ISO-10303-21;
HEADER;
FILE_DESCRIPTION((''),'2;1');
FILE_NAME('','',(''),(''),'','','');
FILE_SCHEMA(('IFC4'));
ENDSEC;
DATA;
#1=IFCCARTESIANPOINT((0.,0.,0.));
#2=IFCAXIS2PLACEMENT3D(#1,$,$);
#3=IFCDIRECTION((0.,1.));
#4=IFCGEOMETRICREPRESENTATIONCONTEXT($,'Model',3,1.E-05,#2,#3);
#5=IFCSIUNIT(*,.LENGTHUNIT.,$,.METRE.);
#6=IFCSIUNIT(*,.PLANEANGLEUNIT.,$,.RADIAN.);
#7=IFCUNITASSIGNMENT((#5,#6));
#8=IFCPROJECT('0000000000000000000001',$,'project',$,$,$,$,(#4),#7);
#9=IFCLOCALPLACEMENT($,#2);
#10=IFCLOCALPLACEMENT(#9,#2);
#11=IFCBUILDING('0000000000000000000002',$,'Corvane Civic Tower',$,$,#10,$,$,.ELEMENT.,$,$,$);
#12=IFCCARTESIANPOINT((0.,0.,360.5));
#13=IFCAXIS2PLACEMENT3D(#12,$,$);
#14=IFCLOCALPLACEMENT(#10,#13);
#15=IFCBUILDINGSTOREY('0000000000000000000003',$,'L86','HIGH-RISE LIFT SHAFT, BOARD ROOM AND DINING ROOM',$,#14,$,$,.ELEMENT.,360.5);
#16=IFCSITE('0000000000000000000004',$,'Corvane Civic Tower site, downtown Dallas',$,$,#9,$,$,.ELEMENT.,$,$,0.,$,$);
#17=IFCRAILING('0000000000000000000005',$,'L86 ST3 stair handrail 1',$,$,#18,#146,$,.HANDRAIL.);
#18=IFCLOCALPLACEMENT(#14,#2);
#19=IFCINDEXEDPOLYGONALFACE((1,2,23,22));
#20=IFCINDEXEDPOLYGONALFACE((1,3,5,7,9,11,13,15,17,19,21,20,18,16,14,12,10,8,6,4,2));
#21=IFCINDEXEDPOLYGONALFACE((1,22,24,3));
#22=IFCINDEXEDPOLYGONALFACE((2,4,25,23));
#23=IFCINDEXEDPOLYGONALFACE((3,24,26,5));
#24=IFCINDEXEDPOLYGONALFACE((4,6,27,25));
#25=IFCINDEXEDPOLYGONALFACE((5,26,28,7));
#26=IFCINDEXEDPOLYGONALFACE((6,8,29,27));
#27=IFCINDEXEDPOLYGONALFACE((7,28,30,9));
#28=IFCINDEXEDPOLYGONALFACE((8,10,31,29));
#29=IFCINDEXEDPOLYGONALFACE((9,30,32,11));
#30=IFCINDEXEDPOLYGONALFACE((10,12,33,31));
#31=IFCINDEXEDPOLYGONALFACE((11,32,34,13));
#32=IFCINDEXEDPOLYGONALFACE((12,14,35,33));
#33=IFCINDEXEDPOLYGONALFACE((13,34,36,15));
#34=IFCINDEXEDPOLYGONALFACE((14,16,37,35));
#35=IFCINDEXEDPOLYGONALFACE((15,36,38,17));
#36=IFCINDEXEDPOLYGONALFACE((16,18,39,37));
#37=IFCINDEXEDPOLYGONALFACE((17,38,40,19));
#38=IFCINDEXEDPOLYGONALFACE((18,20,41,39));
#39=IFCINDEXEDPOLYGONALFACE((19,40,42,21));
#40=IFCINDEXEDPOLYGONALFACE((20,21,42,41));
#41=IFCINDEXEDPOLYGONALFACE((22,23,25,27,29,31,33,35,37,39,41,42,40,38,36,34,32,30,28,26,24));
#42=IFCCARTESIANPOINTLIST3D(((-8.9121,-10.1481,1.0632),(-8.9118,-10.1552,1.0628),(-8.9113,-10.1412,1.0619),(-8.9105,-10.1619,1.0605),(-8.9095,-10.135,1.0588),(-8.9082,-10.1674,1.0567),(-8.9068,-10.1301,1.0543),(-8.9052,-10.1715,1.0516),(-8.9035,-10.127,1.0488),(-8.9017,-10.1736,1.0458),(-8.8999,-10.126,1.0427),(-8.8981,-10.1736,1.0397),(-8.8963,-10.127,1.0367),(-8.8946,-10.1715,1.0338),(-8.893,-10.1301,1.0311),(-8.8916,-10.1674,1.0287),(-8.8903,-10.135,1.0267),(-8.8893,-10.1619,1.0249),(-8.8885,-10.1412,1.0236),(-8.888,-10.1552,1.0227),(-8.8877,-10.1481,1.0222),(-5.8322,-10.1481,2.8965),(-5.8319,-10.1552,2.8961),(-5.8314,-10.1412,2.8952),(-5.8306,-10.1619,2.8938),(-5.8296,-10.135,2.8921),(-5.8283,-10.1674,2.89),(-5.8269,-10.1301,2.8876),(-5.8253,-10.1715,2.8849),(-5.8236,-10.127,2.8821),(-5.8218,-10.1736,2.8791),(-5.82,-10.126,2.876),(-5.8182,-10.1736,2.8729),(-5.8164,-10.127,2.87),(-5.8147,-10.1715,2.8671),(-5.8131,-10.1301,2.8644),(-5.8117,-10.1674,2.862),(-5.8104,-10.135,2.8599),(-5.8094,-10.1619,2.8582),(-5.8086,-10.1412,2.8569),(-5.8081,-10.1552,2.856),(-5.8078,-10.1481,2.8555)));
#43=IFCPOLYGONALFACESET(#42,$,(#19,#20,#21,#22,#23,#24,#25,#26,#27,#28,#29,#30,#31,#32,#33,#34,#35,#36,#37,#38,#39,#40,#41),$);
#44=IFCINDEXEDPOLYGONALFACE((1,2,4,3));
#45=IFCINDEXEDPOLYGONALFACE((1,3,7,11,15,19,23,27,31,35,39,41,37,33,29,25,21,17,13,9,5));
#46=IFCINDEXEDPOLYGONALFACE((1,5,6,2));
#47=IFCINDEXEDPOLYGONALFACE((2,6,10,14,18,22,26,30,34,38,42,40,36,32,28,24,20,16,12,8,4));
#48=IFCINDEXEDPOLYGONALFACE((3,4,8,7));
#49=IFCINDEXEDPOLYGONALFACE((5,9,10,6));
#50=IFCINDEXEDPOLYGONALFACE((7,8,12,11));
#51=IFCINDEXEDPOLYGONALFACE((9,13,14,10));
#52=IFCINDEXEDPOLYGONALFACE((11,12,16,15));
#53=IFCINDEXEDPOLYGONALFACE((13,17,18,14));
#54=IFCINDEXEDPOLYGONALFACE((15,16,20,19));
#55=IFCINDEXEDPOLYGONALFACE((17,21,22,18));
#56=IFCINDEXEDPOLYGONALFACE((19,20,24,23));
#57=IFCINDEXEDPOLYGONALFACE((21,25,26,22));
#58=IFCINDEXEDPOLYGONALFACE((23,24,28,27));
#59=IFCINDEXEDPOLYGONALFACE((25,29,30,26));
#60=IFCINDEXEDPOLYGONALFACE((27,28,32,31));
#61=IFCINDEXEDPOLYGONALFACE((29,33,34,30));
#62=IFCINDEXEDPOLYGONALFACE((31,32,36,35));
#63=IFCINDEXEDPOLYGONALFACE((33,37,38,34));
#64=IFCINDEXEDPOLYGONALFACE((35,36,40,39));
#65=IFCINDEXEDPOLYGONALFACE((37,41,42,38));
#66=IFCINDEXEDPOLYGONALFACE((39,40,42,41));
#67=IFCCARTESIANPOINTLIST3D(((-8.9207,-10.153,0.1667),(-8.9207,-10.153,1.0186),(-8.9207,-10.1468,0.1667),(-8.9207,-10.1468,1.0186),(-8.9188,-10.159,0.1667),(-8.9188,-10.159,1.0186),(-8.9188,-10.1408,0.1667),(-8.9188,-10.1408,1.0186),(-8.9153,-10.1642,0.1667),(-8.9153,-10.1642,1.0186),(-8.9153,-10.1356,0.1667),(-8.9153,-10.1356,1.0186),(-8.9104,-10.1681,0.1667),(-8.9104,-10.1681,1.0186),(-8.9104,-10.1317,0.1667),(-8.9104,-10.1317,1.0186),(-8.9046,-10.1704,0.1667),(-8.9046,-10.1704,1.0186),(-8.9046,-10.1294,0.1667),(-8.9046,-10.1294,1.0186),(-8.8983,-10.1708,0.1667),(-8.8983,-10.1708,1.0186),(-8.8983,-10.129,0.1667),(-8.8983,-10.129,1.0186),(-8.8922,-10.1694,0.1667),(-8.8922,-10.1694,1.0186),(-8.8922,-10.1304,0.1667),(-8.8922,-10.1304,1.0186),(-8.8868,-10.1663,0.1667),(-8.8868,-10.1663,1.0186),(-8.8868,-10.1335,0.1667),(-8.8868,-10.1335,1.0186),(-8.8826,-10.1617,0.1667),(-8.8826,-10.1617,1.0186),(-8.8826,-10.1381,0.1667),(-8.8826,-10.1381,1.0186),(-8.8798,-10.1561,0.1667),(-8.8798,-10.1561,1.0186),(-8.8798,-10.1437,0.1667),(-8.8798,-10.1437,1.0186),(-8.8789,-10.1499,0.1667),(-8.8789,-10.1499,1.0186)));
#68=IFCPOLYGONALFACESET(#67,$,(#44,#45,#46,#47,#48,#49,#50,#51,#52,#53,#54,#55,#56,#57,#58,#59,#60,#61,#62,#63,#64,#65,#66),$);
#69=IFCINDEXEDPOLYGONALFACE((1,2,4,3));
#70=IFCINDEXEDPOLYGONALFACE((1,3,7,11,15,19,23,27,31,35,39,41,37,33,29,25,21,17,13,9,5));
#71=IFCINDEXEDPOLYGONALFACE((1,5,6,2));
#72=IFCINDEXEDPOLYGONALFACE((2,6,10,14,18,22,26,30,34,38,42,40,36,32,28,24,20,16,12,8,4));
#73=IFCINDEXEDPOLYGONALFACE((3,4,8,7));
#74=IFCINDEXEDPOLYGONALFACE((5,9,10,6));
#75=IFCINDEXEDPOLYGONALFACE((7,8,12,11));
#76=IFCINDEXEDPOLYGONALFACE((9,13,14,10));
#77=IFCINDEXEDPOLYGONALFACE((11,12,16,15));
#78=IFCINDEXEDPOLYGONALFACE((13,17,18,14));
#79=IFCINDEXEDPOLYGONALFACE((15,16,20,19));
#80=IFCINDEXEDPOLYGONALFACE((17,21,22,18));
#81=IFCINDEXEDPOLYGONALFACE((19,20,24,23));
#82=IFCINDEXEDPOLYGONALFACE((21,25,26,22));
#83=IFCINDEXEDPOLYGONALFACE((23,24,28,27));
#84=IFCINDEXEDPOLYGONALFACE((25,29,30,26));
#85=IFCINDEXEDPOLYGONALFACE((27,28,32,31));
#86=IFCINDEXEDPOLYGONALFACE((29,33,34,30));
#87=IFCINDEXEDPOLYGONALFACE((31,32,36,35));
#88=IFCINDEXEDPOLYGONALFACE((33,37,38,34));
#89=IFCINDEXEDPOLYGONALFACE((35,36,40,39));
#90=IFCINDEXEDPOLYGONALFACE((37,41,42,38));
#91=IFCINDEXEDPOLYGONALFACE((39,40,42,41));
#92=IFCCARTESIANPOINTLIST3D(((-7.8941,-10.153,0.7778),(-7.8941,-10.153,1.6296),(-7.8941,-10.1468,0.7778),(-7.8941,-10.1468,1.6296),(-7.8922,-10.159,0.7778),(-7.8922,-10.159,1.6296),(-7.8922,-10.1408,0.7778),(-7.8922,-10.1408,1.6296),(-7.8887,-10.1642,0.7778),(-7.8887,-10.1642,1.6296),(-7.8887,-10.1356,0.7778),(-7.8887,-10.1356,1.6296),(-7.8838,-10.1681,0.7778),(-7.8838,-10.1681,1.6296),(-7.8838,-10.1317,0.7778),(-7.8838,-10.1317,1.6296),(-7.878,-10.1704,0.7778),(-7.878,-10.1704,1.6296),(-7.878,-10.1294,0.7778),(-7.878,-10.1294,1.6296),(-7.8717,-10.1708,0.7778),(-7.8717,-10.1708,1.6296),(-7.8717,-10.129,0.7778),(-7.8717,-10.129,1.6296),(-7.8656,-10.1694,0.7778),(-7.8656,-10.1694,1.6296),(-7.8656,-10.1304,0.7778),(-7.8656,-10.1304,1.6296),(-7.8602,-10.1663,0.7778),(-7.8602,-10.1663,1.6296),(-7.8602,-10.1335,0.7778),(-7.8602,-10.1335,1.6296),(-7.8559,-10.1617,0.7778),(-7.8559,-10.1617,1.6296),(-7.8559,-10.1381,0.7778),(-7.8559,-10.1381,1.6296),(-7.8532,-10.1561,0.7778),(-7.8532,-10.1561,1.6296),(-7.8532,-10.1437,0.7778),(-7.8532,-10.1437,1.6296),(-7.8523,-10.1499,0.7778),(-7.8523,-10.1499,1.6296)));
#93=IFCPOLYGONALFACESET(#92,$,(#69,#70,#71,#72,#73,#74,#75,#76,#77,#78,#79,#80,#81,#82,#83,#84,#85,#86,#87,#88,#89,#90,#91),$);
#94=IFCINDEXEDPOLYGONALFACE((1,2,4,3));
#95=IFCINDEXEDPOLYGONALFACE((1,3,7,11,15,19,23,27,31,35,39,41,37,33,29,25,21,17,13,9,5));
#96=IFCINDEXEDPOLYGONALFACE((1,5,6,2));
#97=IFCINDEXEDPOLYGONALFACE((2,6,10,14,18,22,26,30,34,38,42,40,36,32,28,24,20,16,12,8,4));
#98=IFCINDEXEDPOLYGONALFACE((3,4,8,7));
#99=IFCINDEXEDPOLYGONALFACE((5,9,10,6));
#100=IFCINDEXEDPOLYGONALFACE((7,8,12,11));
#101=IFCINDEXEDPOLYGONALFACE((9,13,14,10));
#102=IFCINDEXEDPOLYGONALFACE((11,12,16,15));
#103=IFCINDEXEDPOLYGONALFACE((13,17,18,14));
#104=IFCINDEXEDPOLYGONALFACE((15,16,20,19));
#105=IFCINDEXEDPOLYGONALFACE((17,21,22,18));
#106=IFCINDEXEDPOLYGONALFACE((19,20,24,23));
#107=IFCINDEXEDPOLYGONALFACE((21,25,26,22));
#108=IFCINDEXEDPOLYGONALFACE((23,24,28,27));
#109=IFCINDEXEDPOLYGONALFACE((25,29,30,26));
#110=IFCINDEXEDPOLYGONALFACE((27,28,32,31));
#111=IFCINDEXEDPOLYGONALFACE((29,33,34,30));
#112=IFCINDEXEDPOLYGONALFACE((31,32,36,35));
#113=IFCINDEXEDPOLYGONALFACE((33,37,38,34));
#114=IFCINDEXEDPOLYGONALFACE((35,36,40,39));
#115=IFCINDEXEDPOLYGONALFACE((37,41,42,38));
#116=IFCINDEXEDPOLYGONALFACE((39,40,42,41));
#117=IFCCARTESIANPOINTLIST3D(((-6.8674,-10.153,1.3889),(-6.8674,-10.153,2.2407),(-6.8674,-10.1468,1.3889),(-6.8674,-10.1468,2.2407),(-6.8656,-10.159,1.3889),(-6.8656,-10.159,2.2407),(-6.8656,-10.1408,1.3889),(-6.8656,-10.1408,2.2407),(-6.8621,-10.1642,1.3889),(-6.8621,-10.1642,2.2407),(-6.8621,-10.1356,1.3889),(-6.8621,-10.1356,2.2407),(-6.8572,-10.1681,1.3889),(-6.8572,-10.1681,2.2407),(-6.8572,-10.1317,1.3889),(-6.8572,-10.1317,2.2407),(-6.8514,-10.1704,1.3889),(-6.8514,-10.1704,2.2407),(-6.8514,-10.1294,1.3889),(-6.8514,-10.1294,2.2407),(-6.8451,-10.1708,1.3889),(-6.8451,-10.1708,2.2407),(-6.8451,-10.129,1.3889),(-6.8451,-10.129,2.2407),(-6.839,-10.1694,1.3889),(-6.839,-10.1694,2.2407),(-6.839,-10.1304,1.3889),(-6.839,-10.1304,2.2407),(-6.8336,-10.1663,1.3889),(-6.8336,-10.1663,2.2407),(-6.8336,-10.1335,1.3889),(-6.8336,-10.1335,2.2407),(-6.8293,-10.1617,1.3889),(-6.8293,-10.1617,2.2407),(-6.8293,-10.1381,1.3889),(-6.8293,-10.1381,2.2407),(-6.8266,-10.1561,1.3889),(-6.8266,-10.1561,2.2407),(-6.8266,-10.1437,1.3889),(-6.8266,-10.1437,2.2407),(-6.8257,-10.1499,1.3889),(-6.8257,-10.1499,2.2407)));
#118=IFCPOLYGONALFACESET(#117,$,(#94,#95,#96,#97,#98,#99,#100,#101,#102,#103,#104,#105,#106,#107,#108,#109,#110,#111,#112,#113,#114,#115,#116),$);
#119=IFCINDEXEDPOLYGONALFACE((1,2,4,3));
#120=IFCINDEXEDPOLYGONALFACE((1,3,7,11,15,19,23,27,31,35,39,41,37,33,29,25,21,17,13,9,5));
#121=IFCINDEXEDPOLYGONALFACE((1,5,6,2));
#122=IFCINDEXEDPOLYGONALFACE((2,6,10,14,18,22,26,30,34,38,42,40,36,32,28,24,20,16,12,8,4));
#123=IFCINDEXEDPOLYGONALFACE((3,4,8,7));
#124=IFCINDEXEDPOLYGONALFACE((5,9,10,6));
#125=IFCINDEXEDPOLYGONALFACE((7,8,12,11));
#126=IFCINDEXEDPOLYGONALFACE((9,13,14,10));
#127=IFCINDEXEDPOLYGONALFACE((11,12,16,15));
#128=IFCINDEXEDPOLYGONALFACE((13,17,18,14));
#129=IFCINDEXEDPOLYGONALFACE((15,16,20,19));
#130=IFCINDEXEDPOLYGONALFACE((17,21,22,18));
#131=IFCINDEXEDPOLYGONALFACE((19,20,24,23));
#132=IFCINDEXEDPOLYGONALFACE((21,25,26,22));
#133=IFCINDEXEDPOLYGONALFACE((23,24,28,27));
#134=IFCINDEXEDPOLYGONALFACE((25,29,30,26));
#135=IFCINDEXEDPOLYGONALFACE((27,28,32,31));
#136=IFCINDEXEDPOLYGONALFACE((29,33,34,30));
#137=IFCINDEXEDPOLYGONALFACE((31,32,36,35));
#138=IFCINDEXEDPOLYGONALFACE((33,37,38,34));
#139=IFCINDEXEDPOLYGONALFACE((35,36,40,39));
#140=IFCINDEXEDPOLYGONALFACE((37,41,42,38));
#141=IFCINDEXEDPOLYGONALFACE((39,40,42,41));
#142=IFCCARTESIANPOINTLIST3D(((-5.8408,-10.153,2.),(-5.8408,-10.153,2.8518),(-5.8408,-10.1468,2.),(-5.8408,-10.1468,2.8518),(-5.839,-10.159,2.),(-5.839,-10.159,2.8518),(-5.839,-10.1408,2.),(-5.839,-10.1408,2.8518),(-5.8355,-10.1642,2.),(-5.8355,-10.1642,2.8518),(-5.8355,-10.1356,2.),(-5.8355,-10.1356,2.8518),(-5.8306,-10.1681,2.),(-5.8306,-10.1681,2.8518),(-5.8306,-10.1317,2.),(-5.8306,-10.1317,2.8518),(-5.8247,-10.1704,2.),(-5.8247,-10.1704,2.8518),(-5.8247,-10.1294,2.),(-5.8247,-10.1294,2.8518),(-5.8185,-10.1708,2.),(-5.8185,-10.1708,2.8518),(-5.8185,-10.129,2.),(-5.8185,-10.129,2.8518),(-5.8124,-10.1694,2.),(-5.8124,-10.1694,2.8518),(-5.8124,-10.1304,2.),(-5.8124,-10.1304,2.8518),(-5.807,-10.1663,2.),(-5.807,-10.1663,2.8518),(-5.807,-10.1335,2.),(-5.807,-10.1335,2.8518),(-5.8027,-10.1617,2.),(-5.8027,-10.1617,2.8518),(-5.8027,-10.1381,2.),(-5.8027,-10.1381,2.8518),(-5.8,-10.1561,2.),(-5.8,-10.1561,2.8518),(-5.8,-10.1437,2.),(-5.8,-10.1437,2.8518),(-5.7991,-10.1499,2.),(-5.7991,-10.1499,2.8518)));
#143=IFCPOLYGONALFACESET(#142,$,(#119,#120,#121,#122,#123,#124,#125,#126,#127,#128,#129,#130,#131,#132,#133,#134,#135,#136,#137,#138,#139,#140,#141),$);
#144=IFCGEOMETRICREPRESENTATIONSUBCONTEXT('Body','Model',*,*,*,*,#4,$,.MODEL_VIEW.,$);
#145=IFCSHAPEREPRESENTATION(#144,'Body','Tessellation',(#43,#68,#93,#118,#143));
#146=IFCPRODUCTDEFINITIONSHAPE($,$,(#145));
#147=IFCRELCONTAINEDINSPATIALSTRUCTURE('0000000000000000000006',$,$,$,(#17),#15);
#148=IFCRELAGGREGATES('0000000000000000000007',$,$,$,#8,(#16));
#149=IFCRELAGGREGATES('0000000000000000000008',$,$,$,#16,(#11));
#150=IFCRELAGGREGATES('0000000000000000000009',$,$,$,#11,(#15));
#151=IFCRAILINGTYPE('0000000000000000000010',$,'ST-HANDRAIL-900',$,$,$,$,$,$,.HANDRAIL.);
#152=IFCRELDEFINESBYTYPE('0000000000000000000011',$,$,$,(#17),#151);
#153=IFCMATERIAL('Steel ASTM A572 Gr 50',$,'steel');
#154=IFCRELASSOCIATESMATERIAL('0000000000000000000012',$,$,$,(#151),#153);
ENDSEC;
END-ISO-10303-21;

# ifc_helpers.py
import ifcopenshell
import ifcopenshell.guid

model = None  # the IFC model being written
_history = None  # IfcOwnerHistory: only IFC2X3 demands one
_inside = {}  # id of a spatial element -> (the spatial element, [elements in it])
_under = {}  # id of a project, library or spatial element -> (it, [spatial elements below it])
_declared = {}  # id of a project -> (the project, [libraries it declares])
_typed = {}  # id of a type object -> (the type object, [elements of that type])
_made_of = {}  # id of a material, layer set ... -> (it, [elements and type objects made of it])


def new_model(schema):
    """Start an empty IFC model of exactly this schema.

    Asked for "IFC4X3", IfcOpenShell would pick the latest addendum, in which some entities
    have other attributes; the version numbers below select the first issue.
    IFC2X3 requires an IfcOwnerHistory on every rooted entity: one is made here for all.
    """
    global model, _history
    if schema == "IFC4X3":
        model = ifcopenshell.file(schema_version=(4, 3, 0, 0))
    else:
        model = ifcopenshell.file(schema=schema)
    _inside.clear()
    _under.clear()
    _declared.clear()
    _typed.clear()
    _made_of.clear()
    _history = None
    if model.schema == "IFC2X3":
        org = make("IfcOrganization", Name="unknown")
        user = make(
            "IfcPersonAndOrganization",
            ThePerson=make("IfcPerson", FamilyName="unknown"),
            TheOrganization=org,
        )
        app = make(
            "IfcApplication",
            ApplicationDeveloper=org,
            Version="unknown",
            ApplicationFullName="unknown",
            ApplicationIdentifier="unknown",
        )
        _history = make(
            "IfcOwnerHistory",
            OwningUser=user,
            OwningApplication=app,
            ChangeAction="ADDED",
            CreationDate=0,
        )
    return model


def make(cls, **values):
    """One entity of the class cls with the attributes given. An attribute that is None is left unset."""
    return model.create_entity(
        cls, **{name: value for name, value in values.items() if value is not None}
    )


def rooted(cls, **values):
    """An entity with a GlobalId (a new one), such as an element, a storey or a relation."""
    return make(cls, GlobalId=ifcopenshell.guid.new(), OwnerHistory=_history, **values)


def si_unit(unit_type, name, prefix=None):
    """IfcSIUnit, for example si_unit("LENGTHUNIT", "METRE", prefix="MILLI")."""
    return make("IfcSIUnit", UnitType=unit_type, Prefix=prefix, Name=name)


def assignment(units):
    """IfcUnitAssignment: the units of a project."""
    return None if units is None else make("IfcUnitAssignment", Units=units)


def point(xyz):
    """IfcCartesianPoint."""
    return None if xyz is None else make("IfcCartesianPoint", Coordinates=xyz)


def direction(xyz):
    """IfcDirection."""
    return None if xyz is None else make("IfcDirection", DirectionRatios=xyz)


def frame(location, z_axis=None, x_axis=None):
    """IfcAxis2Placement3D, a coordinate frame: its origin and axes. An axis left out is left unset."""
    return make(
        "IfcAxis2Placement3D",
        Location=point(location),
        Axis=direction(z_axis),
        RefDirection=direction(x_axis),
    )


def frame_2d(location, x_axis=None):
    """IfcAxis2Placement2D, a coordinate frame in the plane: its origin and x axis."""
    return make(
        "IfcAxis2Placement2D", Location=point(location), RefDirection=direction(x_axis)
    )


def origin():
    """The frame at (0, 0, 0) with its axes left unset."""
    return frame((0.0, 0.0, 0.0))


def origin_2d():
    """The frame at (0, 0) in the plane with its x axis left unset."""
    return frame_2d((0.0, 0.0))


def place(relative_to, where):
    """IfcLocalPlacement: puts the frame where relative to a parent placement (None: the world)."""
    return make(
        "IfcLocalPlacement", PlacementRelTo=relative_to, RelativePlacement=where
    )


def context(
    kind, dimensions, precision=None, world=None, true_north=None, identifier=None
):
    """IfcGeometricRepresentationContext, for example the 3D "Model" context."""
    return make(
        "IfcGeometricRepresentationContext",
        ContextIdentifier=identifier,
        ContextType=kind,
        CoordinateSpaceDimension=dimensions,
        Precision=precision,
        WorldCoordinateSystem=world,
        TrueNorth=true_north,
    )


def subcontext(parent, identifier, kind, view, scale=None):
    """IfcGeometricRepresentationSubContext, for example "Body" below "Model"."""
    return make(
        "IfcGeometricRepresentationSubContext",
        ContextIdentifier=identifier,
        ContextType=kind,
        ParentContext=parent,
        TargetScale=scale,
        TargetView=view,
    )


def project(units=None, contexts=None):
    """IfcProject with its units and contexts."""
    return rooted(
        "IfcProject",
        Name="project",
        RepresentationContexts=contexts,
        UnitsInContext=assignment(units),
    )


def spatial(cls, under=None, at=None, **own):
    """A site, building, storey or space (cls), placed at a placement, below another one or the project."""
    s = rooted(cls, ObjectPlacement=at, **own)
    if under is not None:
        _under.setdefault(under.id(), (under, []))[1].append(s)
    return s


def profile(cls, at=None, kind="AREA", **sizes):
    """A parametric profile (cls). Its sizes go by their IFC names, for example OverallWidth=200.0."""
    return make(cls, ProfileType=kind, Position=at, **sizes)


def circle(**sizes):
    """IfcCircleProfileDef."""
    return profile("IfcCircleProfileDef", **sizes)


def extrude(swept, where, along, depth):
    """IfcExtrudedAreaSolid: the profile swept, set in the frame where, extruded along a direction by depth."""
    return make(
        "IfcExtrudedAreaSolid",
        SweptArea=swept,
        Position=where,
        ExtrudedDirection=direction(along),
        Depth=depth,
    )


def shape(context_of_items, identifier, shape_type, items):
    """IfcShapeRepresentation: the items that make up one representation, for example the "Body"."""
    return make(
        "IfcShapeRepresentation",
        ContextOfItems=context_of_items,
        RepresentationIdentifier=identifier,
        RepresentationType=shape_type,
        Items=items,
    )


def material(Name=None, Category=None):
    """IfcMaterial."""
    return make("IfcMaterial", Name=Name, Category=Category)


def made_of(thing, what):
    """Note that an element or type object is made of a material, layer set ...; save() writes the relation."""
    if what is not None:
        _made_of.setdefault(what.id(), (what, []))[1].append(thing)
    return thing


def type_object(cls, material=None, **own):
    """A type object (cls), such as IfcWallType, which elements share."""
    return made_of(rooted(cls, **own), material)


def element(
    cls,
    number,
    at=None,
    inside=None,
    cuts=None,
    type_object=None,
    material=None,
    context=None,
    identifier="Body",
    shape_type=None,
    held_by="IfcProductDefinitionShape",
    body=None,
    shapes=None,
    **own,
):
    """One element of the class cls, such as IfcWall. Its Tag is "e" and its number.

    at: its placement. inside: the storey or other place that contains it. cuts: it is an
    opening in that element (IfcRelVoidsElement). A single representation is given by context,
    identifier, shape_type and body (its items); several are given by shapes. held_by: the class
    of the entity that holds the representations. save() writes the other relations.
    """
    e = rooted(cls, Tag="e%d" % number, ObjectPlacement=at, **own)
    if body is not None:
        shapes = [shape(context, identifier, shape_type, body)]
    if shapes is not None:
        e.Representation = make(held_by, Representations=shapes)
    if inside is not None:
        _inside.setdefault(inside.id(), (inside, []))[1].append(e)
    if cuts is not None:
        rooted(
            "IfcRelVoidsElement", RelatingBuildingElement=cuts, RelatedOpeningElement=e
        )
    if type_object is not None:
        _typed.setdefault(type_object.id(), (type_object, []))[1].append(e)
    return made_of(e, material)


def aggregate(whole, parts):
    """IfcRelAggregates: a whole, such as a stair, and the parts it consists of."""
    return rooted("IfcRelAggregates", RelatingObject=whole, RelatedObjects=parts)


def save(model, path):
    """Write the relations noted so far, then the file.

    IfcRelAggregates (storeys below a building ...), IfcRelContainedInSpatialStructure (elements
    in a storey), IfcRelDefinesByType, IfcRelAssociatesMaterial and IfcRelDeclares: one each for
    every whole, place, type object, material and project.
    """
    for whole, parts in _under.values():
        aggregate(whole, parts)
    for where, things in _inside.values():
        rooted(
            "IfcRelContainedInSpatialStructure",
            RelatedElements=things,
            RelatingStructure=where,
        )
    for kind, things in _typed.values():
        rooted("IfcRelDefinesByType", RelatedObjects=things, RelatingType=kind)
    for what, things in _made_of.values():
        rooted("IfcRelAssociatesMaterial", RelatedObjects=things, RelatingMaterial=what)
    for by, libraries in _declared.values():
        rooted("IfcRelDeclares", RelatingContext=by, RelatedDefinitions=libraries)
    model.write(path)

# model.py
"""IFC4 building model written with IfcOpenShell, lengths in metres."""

from ifc_helpers import new_model, si_unit, direction, frame, origin, origin_2d, place, context, subcontext, project, spatial, circle, extrude, material, type_object, element, save


model = new_model("IFC4")

# Units and contexts
model_context = context("Model", 3, precision=1e-05, world=origin(), true_north=direction((0.0, 1.0)))
body_context = subcontext(model_context, "Body", "Model", "MODEL_VIEW")
ifc_project = project(units=[si_unit("LENGTHUNIT", "METRE"), si_unit("PLANEANGLEUNIT", "RADIAN")], contexts=[model_context])

# Site, building, storey
site_placement = place(None, origin())
site = spatial("IfcSite", under=ifc_project, at=site_placement, Name="Corvane Civic Tower site, downtown Dallas", CompositionType="ELEMENT", RefElevation=0.0)
building_placement = place(site_placement, origin())
building = spatial("IfcBuilding", under=site, at=building_placement, Name="Corvane Civic Tower", CompositionType="ELEMENT")
storey_placement = place(building_placement, frame((0.0, 0.0, 360.5)))
storey = spatial("IfcBuildingStorey", under=building, at=storey_placement, Name="L86", Description="HIGH-RISE LIFT SHAFT, BOARD ROOM AND DINING ROOM", CompositionType="ELEMENT", Elevation=360.5)

# Railing
ifc_material_1 = material(Name="Steel ASTM A572 Gr 50", Category="steel")
railing_type_1 = type_object("IfcRailingType", Name="ST-HANDRAIL-900", PredefinedType="HANDRAIL", material=ifc_material_1)
railing_1_placement = place(storey_placement, frame((-8.8999, -10.1499, 0.1667)))
element("IfcRailing", 1, at=railing_1_placement, inside=storey, type_object=railing_type_1, Name="L86 ST3 stair handrail 1", PredefinedType="HANDRAIL", context=body_context, shape_type="SweptSolid", body=[
    extrude(circle(Radius=0.0239, at=origin_2d()), frame((0.0, 0.0, 0.876), z_axis=(0.859291, 0.0, 0.511487), x_axis=(0.0, 1.0, 0.0)), (0.0, 0.0, 1.0), 3.5842),
    extrude(circle(Radius=0.021, at=origin_2d()), origin(), (0.0, 0.0, 1.0), 0.8518),
    extrude(circle(Radius=0.021, at=origin_2d()), frame((1.0266, 0.0, 0.6111)), (0.0, 0.0, 1.0), 0.8518),
    extrude(circle(Radius=0.021, at=origin_2d()), frame((2.0532, 0.0, 1.2222)), (0.0, 0.0, 1.0), 0.8518),
    extrude(circle(Radius=0.021, at=origin_2d()), frame((3.0798, 0.0, 1.8333)), (0.0, 0.0, 1.0), 0.8518),
])

save(model, "model.ifc")
